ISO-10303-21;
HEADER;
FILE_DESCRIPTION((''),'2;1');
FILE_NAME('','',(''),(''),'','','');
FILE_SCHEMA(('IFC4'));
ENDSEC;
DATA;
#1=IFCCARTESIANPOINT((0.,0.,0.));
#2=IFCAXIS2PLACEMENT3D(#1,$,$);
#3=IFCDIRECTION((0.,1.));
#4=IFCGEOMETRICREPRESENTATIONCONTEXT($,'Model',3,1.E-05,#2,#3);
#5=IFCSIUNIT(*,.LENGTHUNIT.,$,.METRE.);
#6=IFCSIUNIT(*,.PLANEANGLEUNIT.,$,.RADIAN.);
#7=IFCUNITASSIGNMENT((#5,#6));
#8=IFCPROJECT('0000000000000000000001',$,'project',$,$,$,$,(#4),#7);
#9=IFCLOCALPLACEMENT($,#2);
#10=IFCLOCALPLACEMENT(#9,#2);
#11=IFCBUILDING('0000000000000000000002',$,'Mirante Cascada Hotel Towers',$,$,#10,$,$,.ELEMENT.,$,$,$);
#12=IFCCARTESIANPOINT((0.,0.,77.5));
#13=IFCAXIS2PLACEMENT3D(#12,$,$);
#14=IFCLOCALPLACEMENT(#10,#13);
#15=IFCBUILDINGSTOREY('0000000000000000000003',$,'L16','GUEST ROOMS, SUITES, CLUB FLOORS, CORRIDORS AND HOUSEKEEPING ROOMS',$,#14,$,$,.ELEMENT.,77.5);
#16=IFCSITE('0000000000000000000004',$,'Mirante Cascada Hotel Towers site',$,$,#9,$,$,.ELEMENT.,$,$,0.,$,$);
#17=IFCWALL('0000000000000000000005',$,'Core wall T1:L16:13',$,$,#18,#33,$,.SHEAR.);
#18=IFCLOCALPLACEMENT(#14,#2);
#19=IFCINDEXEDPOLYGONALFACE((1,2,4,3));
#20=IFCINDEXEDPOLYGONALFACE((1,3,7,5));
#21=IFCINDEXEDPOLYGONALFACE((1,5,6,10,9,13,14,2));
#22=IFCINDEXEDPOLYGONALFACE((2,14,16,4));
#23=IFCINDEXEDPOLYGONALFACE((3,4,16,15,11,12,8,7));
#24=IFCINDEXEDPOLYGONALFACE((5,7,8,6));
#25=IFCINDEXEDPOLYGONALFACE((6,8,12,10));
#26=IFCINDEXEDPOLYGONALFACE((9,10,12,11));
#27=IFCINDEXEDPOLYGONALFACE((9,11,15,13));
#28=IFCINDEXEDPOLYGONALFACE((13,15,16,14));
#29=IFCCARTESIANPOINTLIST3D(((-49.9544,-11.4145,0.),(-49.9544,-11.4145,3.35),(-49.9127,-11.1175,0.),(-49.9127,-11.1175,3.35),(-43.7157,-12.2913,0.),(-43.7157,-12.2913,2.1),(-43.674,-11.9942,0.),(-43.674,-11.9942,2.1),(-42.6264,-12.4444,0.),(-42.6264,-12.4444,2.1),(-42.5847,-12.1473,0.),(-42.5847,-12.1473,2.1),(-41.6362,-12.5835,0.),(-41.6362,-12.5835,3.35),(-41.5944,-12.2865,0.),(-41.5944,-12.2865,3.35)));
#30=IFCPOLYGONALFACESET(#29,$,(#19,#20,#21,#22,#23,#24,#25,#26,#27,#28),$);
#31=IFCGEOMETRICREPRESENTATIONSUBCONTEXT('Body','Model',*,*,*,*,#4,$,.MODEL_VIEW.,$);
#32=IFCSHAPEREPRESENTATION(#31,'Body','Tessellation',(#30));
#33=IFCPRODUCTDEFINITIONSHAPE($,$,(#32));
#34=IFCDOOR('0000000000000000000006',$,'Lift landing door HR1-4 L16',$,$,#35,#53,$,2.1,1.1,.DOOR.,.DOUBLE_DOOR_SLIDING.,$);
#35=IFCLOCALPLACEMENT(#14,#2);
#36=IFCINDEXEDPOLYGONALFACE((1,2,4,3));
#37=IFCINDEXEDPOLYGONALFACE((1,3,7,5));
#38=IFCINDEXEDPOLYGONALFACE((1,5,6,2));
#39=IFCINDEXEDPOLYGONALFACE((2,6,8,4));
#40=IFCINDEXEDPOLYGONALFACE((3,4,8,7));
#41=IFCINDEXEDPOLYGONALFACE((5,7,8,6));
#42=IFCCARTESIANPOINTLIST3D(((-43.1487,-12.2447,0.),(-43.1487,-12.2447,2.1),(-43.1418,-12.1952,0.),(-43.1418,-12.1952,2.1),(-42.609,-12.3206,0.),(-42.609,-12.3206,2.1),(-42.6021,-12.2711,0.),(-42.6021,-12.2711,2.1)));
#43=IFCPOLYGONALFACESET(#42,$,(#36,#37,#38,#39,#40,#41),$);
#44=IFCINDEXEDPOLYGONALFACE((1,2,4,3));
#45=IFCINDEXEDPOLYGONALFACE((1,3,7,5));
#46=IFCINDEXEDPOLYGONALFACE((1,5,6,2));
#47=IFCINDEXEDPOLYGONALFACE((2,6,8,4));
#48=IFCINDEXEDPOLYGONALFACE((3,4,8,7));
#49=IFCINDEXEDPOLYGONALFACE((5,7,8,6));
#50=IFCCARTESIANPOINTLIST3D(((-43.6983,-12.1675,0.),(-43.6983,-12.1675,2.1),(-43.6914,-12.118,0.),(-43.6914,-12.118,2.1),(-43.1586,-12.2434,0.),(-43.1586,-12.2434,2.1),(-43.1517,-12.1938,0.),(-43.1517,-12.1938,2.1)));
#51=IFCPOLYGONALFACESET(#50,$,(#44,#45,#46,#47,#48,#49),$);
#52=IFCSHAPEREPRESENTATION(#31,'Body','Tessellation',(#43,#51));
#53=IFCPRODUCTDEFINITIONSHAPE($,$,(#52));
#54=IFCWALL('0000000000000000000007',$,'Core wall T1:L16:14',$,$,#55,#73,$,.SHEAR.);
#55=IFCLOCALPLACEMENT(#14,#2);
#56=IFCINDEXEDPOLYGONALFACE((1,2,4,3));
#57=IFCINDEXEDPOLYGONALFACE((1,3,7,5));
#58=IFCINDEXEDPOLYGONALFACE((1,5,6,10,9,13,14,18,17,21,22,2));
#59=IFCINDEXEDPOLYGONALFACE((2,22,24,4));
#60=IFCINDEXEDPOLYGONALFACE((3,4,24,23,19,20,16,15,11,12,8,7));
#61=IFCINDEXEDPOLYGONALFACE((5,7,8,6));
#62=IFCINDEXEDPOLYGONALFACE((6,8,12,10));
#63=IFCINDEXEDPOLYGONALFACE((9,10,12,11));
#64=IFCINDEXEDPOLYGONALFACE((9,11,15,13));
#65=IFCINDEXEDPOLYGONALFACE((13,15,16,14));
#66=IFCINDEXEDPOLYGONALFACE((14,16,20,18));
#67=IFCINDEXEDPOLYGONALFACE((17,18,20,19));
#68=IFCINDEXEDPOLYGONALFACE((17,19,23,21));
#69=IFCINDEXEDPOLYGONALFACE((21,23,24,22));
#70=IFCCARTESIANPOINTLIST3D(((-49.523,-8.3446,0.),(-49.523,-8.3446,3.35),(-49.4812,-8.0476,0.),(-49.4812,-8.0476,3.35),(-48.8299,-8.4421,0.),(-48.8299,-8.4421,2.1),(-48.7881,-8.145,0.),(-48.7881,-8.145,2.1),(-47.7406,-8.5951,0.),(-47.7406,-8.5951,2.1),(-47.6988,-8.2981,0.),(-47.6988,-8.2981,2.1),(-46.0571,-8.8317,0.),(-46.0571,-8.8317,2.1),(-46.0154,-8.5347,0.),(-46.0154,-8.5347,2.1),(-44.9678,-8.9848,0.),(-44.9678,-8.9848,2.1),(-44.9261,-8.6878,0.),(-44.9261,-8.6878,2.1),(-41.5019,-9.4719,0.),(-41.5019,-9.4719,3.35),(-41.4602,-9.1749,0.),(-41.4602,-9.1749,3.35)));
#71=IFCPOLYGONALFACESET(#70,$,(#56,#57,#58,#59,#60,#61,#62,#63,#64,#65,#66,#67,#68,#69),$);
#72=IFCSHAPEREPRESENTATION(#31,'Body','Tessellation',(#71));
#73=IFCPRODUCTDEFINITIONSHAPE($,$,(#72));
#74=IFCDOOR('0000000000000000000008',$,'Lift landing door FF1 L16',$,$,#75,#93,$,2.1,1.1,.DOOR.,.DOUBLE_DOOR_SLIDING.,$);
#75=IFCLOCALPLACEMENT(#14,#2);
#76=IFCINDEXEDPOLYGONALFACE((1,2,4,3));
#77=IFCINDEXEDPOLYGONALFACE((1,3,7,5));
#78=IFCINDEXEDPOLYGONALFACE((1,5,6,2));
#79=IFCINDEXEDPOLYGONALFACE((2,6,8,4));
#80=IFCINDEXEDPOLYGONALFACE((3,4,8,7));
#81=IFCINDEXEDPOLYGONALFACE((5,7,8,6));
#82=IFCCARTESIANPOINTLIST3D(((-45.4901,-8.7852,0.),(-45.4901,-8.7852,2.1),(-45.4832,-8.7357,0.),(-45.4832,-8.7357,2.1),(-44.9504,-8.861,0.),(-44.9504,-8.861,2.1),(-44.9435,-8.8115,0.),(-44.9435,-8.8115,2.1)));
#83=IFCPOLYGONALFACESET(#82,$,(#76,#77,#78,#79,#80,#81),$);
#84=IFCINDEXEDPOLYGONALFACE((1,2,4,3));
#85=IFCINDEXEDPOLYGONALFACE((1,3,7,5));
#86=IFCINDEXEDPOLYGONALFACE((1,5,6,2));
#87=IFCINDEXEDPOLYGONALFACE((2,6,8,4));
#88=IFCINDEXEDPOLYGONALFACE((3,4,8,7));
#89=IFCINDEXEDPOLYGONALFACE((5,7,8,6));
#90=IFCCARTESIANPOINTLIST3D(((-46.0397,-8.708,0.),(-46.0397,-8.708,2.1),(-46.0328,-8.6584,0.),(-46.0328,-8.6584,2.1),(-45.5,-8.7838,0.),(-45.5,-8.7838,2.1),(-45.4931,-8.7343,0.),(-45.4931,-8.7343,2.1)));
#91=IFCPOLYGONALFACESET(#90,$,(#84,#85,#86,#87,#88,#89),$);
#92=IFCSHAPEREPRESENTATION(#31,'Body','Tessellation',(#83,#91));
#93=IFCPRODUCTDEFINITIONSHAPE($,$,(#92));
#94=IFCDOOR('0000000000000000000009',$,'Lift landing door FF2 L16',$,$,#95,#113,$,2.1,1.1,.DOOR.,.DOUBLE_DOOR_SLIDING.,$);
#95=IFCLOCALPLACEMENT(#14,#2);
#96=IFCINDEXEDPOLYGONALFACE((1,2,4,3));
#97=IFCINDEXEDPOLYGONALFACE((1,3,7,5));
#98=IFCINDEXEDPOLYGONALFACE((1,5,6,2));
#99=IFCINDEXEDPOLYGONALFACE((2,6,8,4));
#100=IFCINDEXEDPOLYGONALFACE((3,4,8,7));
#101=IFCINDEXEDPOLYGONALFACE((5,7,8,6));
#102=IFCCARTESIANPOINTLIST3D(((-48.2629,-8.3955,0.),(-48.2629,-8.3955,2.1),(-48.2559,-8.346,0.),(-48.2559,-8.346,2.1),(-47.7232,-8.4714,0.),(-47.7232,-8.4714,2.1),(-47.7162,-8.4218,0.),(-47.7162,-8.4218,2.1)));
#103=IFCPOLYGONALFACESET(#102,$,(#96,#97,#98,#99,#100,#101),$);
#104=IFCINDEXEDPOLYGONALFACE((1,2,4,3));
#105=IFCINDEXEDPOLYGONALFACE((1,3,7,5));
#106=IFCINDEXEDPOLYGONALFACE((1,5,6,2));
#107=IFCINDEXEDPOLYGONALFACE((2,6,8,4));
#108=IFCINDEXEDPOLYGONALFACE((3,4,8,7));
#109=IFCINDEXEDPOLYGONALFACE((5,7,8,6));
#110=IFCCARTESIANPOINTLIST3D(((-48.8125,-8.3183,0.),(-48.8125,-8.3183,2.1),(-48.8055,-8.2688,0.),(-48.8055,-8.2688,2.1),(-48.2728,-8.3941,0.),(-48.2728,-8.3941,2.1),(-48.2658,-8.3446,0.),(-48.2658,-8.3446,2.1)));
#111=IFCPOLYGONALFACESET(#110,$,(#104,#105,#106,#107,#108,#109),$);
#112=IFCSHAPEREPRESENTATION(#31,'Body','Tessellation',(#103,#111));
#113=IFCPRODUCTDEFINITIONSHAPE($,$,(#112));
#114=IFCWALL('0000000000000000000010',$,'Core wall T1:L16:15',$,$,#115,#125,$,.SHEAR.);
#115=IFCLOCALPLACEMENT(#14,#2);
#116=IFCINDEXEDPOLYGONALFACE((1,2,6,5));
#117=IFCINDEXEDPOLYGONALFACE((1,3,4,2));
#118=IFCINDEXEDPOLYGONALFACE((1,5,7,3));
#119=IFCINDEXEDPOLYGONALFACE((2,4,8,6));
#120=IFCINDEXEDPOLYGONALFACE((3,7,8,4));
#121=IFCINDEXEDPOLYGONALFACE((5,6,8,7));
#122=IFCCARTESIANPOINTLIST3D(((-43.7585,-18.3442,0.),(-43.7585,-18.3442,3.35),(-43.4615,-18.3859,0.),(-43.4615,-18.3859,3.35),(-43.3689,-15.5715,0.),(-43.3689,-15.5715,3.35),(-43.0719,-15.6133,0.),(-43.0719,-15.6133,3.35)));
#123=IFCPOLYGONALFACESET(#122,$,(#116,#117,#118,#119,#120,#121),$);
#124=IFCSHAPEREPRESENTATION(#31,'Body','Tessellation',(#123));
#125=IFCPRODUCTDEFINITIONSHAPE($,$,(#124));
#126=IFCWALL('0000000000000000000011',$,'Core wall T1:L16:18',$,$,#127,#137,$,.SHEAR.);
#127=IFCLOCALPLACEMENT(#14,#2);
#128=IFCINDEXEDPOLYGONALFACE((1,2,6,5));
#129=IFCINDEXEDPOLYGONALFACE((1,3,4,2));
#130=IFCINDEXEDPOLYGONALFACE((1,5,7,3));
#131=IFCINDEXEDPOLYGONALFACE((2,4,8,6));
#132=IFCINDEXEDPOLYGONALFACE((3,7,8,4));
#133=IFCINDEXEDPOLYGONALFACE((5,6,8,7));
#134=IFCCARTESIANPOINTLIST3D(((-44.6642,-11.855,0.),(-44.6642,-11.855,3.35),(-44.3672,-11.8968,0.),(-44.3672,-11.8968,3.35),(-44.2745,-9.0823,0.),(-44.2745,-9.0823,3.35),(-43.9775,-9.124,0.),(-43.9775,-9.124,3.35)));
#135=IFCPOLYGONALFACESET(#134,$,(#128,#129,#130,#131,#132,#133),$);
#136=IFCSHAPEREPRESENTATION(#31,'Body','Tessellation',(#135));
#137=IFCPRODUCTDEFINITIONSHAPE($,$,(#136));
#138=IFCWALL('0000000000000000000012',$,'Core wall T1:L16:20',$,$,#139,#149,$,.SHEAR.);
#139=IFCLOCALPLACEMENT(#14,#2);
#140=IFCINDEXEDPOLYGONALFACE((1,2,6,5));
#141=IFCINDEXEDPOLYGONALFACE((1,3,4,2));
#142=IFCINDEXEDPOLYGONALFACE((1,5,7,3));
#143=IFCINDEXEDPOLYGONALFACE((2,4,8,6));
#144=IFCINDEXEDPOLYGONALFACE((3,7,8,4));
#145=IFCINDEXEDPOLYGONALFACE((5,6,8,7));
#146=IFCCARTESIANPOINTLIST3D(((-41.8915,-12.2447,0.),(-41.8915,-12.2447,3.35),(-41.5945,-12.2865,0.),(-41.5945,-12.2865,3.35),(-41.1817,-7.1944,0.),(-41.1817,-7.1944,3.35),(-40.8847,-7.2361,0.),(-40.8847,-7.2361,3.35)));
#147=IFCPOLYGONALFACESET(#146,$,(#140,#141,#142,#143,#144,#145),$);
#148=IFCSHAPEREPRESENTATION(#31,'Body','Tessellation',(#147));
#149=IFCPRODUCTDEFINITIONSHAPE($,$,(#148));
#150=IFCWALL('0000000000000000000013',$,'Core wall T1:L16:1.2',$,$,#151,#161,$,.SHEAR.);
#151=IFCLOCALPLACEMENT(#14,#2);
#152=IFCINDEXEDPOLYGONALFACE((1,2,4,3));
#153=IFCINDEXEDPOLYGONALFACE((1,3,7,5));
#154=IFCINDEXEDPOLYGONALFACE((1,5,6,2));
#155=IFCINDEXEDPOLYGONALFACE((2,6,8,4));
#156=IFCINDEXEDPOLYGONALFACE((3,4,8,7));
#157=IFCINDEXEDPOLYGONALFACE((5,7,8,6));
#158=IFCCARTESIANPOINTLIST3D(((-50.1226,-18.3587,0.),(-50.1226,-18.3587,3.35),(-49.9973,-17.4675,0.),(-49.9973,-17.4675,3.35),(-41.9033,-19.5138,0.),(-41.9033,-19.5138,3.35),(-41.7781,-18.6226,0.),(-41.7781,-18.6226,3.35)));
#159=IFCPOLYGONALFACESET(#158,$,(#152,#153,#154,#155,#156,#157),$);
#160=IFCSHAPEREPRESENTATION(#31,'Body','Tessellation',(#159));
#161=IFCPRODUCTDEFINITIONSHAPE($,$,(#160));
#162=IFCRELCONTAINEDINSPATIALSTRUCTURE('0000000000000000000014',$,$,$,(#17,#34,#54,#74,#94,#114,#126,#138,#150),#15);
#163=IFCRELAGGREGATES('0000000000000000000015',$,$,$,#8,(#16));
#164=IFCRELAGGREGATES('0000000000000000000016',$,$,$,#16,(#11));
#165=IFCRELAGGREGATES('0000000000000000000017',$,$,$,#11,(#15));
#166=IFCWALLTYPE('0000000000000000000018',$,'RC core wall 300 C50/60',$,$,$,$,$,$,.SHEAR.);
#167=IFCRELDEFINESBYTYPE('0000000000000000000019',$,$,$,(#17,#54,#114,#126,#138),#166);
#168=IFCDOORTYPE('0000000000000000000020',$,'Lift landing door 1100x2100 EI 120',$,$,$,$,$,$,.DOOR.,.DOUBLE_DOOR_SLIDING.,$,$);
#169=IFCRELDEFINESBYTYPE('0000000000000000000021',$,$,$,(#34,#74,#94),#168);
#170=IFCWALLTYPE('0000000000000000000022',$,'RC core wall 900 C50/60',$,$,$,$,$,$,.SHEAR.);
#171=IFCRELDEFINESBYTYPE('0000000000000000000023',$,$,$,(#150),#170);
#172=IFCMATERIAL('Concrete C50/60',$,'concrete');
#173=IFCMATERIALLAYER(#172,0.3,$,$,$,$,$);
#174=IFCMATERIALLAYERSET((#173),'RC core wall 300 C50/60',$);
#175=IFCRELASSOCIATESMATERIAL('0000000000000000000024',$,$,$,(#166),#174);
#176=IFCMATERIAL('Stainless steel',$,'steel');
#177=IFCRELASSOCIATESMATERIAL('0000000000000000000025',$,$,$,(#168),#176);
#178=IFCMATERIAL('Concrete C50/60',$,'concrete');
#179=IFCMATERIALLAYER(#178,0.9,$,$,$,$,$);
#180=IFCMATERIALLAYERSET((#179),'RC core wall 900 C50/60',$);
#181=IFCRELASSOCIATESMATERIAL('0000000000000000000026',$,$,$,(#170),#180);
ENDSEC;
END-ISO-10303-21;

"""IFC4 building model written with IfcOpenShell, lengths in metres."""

from ifc_helpers import new_model, si_unit, direction, frame, frame_2d, origin, place, context, subcontext, project, spatial, rectangle, extrude, material, layer, layer_set, type_object, element, fill, save


model = new_model("IFC4")

# Units and contexts
model_context = context("Model", 3, precision=1e-05, world=origin(), true_north=direction((0.0, 1.0)))
body_context = subcontext(model_context, "Body", "Model", "MODEL_VIEW")
ifc_project = project(units=[si_unit("LENGTHUNIT", "METRE"), si_unit("PLANEANGLEUNIT", "RADIAN")], contexts=[model_context])

# Site, building, storey
site_placement = place(None, origin())
site = spatial("IfcSite", under=ifc_project, at=site_placement, Name="Mirante Cascada Hotel Towers site", CompositionType="ELEMENT", RefElevation=0.0)
building_placement = place(site_placement, origin())
building = spatial("IfcBuilding", under=site, at=building_placement, Name="Mirante Cascada Hotel Towers", CompositionType="ELEMENT")
storey_placement = place(building_placement, frame((0.0, 0.0, 77.5)))
storey = spatial("IfcBuildingStorey", under=building, at=storey_placement, Name="L16", Description="GUEST ROOMS, SUITES, CLUB FLOORS, CORRIDORS AND HOUSEKEEPING ROOMS", CompositionType="ELEMENT", Elevation=77.5)

# Shared definitions
ifc_material_1 = material(Name="Concrete C50/60", Category="concrete")
ifc_layer_1 = layer(ifc_material_1, 0.3)
ifc_layer_set_1 = layer_set([ifc_layer_1], Name="RC core wall 300 C50/60")
wall_type_1 = type_object("IfcWallType", Name="RC core wall 300 C50/60", PredefinedType="SHEAR", material=ifc_layer_set_1)

# Shared definitions
ifc_material_2 = material(Name="Stainless steel", Category="steel")
door_type_1 = type_object("IfcDoorType", Name="Lift landing door 1100x2100 EI 120", OperationType="DOUBLE_DOOR_SLIDING", PredefinedType="DOOR", material=ifc_material_2)

# Wall, opening, door
wall_1_placement = place(storey_placement, frame((-41.6153, -12.435, 0.0), z_axis=(0.0, 0.0, 1.0), x_axis=(-0.990269, 0.139166, 0.0)))
wall_1 = element("IfcWall", 1, at=wall_1_placement, inside=storey, type_object=wall_type_1, Name="Core wall T1:L16:13", PredefinedType="SHEAR", context=body_context, shape_type="SweptSolid", body=[
    extrude(rectangle(XDim=8.4, YDim=0.3, at=frame_2d((4.2, 0.0))), origin(), (0.0, 0.0, 1.0), 3.35),
])
opening_1_placement = place(wall_1_placement, frame((1.0, 0.0, 0.0)))
opening_1 = element("IfcOpeningElement", 2, at=opening_1_placement, cuts=wall_1, PredefinedType="OPENING", context=body_context, shape_type="SweptSolid", body=[
    extrude(rectangle(XDim=1.1, YDim=2.1, at=frame_2d((0.55, 1.05))), frame((0.0, 0.15, 0.0), z_axis=(0.0, -1.0, 0.0), x_axis=(1.0, 0.0, 0.0)), (0.0, 0.0, 1.0), 0.3),
])
door_1_placement = place(opening_1_placement, origin())
door_1 = element("IfcDoor", 3, at=door_1_placement, inside=storey, type_object=door_type_1, Name="Lift landing door HR1-4 L16", OperationType="DOUBLE_DOOR_SLIDING", OverallHeight=2.1, OverallWidth=1.1, PredefinedType="DOOR", context=body_context, shape_type="SweptSolid", body=[
    extrude(rectangle(XDim=0.545, YDim=2.1, at=frame_2d((0.2725, 1.05))), frame((0.0, 0.025, 0.0), z_axis=(0.0, -1.0, 0.0), x_axis=(1.0, 0.0, 0.0)), (0.0, 0.0, 1.0), 0.05),
    extrude(rectangle(XDim=0.545, YDim=2.1, at=frame_2d((0.8275, 1.05))), frame((0.0, 0.025, 0.0), z_axis=(0.0, -1.0, 0.0), x_axis=(1.0, 0.0, 0.0)), (0.0, 0.0, 1.0), 0.05),
])
fill(opening_1, door_1)

# Wall, openings, doors
wall_2_placement = place(storey_placement, frame((-41.481, -9.3234, 0.0), z_axis=(0.0, 0.0, 1.0), x_axis=(-0.990268, 0.139174, 0.0)))
wall_2 = element("IfcWall", 4, at=wall_2_placement, inside=storey, type_object=wall_type_1, Name="Core wall T1:L16:14", PredefinedType="SHEAR", context=body_context, shape_type="SweptSolid", body=[
    extrude(rectangle(XDim=8.0999, YDim=0.3, at=frame_2d((4.05, 0.0))), origin(), (0.0, 0.0, 1.0), 3.35),
])
opening_2_placement = place(wall_2_placement, frame((3.5, 0.0, 0.0)))
opening_2 = element("IfcOpeningElement", 5, at=opening_2_placement, cuts=wall_2, PredefinedType="OPENING", context=body_context, shape_type="SweptSolid", body=[
    extrude(rectangle(XDim=1.1, YDim=2.1, at=frame_2d((0.55, 1.05))), frame((0.0, 0.15, 0.0), z_axis=(0.0, -1.0, 0.0), x_axis=(1.0, 0.0, 0.0)), (0.0, 0.0, 1.0), 0.3),
])
opening_3_placement = place(wall_2_placement, frame((6.3, 0.0, 0.0)))
opening_3 = element("IfcOpeningElement", 6, at=opening_3_placement, cuts=wall_2, PredefinedType="OPENING", context=body_context, shape_type="SweptSolid", body=[
    extrude(rectangle(XDim=1.1, YDim=2.1, at=frame_2d((0.55, 1.05))), frame((0.0, 0.15, 0.0), z_axis=(0.0, -1.0, 0.0), x_axis=(1.0, 0.0, 0.0)), (0.0, 0.0, 1.0), 0.3),
])
door_2_placement = place(opening_2_placement, origin())
door_2 = element("IfcDoor", 7, at=door_2_placement, inside=storey, type_object=door_type_1, Name="Lift landing door FF1 L16", OperationType="DOUBLE_DOOR_SLIDING", OverallHeight=2.1, OverallWidth=1.1, PredefinedType="DOOR", context=body_context, shape_type="SweptSolid", body=[
    extrude(rectangle(XDim=0.545, YDim=2.1, at=frame_2d((0.2725, 1.05))), frame((0.0, 0.025, 0.0), z_axis=(0.0, -1.0, 0.0), x_axis=(1.0, 0.0, 0.0)), (0.0, 0.0, 1.0), 0.05),
    extrude(rectangle(XDim=0.545, YDim=2.1, at=frame_2d((0.8275, 1.05))), frame((0.0, 0.025, 0.0), z_axis=(0.0, -1.0, 0.0), x_axis=(1.0, 0.0, 0.0)), (0.0, 0.0, 1.0), 0.05),
])
fill(opening_2, door_2)
door_3_placement = place(opening_3_placement, origin())
door_3 = element("IfcDoor", 8, at=door_3_placement, inside=storey, type_object=door_type_1, Name="Lift landing door FF2 L16", OperationType="DOUBLE_DOOR_SLIDING", OverallHeight=2.1, OverallWidth=1.1, PredefinedType="DOOR", context=body_context, shape_type="SweptSolid", body=[
    extrude(rectangle(XDim=0.545, YDim=2.1, at=frame_2d((0.2725, 1.05))), frame((0.0, 0.025, 0.0), z_axis=(0.0, -1.0, 0.0), x_axis=(1.0, 0.0, 0.0)), (0.0, 0.0, 1.0), 0.05),
    extrude(rectangle(XDim=0.545, YDim=2.1, at=frame_2d((0.8275, 1.05))), frame((0.0, 0.025, 0.0), z_axis=(0.0, -1.0, 0.0), x_axis=(1.0, 0.0, 0.0)), (0.0, 0.0, 1.0), 0.05),
])
fill(opening_3, door_3)

# Walls
wall_3_placement = place(storey_placement, frame((-43.61, -18.3651, 0.0), z_axis=(0.0, 0.0, 1.0), x_axis=(0.139146, 0.990272, 0.0)))
element("IfcWall", 9, at=wall_3_placement, inside=storey, type_object=wall_type_1, Name="Core wall T1:L16:15", PredefinedType="SHEAR", context=body_context, shape_type="SweptSolid", body=[
    extrude(rectangle(XDim=2.7999, YDim=0.3, at=frame_2d((1.4, 0.0))), origin(), (0.0, 0.0, 1.0), 3.35),
])
wall_4_placement = place(storey_placement, frame((-44.5157, -11.8759, 0.0), z_axis=(0.0, 0.0, 1.0), x_axis=(0.139181, 0.990267, 0.0)))
element("IfcWall", 10, at=wall_4_placement, inside=storey, type_object=wall_type_1, Name="Core wall T1:L16:18", PredefinedType="SHEAR", context=body_context, shape_type="SweptSolid", body=[
    extrude(rectangle(XDim=2.8, YDim=0.3, at=frame_2d((1.4, 0.0))), origin(), (0.0, 0.0, 1.0), 3.35),
])
wall_5_placement = place(storey_placement, frame((-41.743, -12.2656, 0.0), z_axis=(0.0, 0.0, 1.0), x_axis=(0.139176, 0.990268, 0.0)))
element("IfcWall", 11, at=wall_5_placement, inside=storey, type_object=wall_type_1, Name="Core wall T1:L16:20", PredefinedType="SHEAR", context=body_context, shape_type="SweptSolid", body=[
    extrude(rectangle(XDim=5.1, YDim=0.3, at=frame_2d((2.55, 0.0))), origin(), (0.0, 0.0, 1.0), 3.35),
])
ifc_material_3 = material(Name="Concrete C50/60", Category="concrete")
ifc_layer_2 = layer(ifc_material_3, 0.9)
ifc_layer_set_2 = layer_set([ifc_layer_2], Name="RC core wall 900 C50/60")
wall_type_2 = type_object("IfcWallType", Name="RC core wall 900 C50/60", PredefinedType="SHEAR", material=ifc_layer_set_2)
wall_6_placement = place(storey_placement, frame((-41.8407, -19.0682, 0.0), z_axis=(0.0, 0.0, 1.0), x_axis=(-0.990269, 0.139169, 0.0)))
element("IfcWall", 12, at=wall_6_placement, inside=storey, type_object=wall_type_2, Name="Core wall T1:L16:1.2", PredefinedType="SHEAR", context=body_context, shape_type="SweptSolid", body=[
    extrude(rectangle(XDim=8.3, YDim=0.9, at=frame_2d((4.15, 0.0))), origin(), (0.0, 0.0, 1.0), 3.35),
])

save(model, "model.ifc")
